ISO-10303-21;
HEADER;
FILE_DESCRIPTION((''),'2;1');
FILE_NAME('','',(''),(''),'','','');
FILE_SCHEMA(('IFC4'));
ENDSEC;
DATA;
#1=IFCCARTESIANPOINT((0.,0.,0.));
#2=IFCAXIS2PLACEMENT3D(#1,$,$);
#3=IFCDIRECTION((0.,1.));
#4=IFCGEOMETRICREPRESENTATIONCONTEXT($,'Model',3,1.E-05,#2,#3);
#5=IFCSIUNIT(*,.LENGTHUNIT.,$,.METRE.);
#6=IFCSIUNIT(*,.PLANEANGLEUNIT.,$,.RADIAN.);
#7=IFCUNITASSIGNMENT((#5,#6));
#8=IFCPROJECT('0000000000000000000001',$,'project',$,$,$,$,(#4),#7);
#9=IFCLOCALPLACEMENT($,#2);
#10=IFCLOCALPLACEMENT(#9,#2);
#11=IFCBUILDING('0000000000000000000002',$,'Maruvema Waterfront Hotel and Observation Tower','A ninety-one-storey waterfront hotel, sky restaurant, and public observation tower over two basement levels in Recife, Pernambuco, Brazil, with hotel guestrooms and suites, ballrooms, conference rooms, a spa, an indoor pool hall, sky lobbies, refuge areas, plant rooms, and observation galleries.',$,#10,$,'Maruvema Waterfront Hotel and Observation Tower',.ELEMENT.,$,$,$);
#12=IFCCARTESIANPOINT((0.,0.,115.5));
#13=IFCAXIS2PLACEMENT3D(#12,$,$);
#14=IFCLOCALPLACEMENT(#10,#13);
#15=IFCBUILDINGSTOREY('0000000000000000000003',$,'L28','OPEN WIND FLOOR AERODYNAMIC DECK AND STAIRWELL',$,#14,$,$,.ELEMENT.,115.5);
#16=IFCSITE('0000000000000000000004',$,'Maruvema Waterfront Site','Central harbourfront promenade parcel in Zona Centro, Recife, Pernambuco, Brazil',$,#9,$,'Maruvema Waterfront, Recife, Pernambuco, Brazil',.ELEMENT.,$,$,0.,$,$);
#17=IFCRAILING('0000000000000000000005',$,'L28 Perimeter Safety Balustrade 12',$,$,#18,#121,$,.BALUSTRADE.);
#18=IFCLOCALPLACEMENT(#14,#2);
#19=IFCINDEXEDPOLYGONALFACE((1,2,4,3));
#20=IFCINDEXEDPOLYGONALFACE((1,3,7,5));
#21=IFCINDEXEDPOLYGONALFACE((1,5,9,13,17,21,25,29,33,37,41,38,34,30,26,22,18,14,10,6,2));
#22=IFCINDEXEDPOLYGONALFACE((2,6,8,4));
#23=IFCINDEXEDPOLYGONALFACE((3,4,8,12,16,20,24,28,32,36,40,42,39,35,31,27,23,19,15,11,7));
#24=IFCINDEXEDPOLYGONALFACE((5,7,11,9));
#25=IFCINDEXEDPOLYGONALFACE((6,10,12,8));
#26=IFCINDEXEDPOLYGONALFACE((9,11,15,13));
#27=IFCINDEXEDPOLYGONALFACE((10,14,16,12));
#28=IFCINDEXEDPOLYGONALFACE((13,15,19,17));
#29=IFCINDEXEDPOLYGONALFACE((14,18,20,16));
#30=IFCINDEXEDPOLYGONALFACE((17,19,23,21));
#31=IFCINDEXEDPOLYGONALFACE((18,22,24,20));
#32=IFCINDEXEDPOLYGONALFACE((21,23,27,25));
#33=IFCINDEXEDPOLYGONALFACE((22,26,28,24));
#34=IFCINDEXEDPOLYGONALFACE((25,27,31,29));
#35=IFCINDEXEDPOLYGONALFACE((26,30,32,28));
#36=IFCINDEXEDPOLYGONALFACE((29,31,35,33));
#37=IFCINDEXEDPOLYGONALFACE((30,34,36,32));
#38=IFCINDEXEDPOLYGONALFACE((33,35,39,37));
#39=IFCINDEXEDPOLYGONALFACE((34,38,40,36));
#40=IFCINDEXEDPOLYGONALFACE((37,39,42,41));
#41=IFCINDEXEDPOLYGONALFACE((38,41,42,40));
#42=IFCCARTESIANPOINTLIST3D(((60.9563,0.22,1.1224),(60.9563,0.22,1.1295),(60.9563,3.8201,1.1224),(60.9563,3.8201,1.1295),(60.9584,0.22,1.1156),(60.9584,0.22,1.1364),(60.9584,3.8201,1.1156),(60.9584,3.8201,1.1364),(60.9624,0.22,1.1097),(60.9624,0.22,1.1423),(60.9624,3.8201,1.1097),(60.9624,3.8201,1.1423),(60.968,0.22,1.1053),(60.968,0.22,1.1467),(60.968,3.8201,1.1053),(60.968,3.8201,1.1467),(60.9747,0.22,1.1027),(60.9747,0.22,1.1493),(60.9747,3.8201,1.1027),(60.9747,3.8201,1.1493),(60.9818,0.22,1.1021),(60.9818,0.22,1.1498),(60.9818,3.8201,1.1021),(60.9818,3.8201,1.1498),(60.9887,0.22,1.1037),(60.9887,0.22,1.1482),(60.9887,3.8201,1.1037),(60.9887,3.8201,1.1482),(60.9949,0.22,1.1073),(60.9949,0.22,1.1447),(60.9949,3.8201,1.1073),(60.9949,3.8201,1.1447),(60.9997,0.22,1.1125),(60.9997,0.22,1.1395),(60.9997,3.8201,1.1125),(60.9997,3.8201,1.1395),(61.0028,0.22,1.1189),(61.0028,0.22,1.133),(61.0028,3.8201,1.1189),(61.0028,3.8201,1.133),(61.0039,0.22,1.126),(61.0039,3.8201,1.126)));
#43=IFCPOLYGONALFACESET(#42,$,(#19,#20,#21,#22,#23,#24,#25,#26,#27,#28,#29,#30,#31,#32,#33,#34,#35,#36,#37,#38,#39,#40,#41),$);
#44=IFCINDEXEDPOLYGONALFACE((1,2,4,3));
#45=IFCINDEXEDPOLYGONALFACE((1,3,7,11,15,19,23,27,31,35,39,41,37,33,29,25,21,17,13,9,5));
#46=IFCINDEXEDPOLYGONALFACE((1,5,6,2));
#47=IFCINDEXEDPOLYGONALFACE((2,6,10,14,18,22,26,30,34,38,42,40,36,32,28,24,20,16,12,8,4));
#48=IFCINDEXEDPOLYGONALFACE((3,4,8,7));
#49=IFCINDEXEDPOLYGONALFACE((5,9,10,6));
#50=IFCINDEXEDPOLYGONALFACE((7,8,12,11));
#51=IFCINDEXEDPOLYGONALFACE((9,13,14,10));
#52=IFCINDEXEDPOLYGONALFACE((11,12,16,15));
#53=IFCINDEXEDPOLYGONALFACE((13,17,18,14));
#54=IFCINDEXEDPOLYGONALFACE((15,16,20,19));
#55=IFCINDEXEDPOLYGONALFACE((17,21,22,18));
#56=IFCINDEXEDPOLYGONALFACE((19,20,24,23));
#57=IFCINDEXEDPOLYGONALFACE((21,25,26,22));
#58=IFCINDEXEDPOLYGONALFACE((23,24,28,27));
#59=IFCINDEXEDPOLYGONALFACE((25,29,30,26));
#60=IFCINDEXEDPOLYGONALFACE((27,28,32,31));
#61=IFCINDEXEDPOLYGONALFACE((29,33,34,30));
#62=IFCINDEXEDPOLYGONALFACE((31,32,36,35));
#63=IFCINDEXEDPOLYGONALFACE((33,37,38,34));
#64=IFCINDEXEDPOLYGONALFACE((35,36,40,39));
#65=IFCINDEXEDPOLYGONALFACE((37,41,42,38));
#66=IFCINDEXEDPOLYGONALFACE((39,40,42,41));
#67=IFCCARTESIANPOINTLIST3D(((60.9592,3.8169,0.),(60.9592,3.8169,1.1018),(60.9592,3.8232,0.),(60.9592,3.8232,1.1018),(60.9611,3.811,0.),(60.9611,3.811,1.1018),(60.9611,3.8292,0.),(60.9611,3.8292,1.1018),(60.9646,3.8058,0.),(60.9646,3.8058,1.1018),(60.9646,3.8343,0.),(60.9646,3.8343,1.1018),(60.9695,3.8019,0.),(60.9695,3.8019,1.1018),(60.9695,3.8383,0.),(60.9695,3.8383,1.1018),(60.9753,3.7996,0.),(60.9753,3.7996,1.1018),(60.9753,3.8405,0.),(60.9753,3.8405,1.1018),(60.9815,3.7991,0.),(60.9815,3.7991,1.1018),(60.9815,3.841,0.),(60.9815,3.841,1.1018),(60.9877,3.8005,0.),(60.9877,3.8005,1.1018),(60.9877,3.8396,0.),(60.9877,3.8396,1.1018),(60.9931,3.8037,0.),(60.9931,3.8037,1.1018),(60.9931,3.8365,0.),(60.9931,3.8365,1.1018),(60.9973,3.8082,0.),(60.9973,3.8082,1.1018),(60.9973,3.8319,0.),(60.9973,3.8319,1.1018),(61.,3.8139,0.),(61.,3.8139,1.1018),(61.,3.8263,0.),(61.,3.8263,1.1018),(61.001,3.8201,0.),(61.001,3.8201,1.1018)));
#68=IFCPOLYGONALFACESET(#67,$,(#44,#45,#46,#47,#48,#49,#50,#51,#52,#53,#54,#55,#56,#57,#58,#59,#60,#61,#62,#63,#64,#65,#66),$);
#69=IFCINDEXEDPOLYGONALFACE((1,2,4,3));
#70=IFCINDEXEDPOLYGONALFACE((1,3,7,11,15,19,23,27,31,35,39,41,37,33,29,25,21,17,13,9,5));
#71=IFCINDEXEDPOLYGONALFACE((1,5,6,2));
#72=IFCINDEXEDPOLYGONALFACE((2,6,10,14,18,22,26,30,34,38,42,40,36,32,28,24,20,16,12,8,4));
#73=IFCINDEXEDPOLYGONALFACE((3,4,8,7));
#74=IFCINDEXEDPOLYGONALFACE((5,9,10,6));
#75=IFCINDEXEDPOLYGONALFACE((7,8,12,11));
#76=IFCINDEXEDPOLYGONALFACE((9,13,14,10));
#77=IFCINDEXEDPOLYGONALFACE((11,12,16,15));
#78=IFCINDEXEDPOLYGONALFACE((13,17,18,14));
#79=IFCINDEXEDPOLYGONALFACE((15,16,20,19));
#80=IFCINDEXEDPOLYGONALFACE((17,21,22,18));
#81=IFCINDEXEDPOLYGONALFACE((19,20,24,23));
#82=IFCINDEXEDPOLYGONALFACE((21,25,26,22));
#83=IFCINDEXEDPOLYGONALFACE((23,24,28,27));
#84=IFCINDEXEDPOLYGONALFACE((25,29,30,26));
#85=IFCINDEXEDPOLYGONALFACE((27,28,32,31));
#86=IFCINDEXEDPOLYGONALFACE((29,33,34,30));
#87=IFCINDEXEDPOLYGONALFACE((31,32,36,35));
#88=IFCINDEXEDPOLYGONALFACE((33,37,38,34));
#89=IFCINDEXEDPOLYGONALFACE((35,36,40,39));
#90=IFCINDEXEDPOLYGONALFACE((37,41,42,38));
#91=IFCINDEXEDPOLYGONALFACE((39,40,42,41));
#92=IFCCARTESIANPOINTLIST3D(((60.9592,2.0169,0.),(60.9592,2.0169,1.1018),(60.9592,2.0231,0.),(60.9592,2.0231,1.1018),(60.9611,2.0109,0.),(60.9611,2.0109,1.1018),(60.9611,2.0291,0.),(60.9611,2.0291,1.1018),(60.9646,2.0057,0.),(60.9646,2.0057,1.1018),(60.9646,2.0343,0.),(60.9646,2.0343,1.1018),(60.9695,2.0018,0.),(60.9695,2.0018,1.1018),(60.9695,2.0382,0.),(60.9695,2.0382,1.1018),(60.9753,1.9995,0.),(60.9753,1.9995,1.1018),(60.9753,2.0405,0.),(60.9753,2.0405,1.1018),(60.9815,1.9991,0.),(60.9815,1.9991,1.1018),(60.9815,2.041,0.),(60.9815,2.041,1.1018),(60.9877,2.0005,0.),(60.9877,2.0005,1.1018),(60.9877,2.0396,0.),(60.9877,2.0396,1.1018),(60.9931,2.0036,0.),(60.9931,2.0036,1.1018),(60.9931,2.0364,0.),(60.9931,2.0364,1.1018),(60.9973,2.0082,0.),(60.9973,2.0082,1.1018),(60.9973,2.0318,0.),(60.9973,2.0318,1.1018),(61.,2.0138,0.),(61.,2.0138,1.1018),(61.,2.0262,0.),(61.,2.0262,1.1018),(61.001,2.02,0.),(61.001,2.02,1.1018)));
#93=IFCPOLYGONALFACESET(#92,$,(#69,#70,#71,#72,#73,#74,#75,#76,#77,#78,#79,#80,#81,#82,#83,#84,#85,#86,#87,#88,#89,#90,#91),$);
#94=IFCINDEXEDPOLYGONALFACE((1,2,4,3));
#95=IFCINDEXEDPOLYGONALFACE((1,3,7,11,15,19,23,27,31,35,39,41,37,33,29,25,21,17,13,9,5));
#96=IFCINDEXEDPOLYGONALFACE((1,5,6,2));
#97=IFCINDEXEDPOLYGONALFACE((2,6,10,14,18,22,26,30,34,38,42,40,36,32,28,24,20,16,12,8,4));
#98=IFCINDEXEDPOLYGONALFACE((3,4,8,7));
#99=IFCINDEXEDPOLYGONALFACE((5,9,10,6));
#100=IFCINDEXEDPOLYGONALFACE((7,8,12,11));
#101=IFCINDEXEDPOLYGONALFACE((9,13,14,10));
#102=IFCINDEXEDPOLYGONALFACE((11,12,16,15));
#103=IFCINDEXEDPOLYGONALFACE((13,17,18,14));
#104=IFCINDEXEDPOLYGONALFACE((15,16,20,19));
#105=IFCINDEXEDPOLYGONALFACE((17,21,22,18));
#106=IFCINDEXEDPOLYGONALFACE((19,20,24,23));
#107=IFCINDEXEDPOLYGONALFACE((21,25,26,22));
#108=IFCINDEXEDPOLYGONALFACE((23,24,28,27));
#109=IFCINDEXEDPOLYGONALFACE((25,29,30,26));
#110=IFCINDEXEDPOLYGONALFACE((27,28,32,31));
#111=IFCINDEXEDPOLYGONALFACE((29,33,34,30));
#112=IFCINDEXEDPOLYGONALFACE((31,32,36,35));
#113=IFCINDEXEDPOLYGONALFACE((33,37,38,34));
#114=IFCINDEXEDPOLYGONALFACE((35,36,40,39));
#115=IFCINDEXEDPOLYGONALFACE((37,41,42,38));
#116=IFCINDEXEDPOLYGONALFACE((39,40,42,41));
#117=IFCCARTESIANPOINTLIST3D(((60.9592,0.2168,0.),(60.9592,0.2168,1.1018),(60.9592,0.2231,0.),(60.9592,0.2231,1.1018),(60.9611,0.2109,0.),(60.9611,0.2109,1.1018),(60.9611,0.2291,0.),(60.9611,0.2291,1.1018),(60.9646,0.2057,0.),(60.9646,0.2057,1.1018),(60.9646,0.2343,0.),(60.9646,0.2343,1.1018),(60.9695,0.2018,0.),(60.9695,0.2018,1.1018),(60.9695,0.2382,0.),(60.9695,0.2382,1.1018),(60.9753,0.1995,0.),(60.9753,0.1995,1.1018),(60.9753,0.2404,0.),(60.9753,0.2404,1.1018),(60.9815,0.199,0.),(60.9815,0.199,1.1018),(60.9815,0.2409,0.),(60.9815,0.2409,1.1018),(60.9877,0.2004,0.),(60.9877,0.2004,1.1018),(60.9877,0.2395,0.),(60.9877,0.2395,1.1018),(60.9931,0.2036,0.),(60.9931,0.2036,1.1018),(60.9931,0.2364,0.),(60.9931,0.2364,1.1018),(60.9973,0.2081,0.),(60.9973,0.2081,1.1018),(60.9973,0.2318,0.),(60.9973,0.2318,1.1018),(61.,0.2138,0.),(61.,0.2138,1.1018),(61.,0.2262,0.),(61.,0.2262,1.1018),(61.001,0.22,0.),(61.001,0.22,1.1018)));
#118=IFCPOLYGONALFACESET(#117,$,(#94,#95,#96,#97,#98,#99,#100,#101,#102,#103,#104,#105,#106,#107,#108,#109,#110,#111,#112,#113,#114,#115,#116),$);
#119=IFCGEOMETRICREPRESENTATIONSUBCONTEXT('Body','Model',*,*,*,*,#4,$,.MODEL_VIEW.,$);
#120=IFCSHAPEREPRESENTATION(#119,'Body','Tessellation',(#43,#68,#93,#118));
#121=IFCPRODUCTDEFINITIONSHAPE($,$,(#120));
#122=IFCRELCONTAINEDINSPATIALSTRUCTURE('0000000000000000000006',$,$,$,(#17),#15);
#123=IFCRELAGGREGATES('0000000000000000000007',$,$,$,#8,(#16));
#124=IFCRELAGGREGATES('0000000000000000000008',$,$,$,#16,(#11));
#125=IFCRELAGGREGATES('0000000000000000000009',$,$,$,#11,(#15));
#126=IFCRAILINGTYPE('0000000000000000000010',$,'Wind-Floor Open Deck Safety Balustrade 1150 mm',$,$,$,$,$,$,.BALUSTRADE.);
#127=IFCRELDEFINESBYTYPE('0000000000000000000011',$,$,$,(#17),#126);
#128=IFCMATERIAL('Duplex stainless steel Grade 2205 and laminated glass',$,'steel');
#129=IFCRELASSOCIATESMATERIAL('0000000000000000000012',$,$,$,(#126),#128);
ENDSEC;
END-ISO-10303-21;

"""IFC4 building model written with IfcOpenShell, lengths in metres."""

from ifc_helpers import new_model, si_unit, direction, frame, origin, origin_2d, place, context, subcontext, project, spatial, circle, extrude, material, type_object, element, save


model = new_model("IFC4")

# Units and contexts
model_context = context("Model", 3, precision=1e-05, world=origin(), true_north=direction((0.0, 1.0)))
body_context = subcontext(model_context, "Body", "Model", "MODEL_VIEW")
ifc_project = project(units=[si_unit("LENGTHUNIT", "METRE"), si_unit("PLANEANGLEUNIT", "RADIAN")], contexts=[model_context])

# Site, building, storey
site_placement = place(None, origin())
site = spatial("IfcSite", under=ifc_project, at=site_placement, Name="Maruvema Waterfront Site", Description="Central harbourfront promenade parcel in Zona Centro, Recife, Pernambuco, Brazil", LongName="Maruvema Waterfront, Recife, Pernambuco, Brazil", CompositionType="ELEMENT", RefElevation=0.0)
building_placement = place(site_placement, origin())
building = spatial("IfcBuilding", under=site, at=building_placement, Name="Maruvema Waterfront Hotel and Observation Tower", Description="A ninety-one-storey waterfront hotel, sky restaurant, and public observation tower over two basement levels in Recife, Pernambuco, Brazil, with hotel guestrooms and suites, ballrooms, conference rooms, a spa, an indoor pool hall, sky lobbies, refuge areas, plant rooms, and observation galleries.", LongName="Maruvema Waterfront Hotel and Observation Tower", CompositionType="ELEMENT")
storey_placement = place(building_placement, frame((0.0, 0.0, 115.5)))
storey = spatial("IfcBuildingStorey", under=building, at=storey_placement, Name="L28", Description="OPEN WIND FLOOR AERODYNAMIC DECK AND STAIRWELL", CompositionType="ELEMENT", Elevation=115.5)

# Railing
ifc_material_1 = material(Name="Duplex stainless steel Grade 2205 and laminated glass", Category="steel")
railing_type = type_object("IfcRailingType", Name="Wind-Floor Open Deck Safety Balustrade 1150 mm", PredefinedType="BALUSTRADE", material=ifc_material_1)
railing_1_placement = place(storey_placement, frame((60.98, 3.8201, 0.0)))
element("IfcRailing", 1, at=railing_1_placement, inside=storey, type_object=railing_type, Name="L28 Perimeter Safety Balustrade 12", PredefinedType="BALUSTRADE", context=body_context, shape_type="SweptSolid", body=[
    extrude(circle(Radius=0.0239, at=origin_2d()), frame((0.0, 0.0, 1.126), z_axis=(0.0, -1.0, 0.0), x_axis=(1.0, 0.0, 0.0)), (0.0, 0.0, 1.0), 3.6001),
    extrude(circle(Radius=0.021, at=origin_2d()), origin(), (0.0, 0.0, 1.0), 1.1018),
    extrude(circle(Radius=0.021, at=origin_2d()), frame((0.0, -1.8, 0.0)), (0.0, 0.0, 1.0), 1.1018),
    extrude(circle(Radius=0.021, at=origin_2d()), frame((0.0, -3.6001, 0.0)), (0.0, 0.0, 1.0), 1.1018),
])

save(model, "model.ifc")
